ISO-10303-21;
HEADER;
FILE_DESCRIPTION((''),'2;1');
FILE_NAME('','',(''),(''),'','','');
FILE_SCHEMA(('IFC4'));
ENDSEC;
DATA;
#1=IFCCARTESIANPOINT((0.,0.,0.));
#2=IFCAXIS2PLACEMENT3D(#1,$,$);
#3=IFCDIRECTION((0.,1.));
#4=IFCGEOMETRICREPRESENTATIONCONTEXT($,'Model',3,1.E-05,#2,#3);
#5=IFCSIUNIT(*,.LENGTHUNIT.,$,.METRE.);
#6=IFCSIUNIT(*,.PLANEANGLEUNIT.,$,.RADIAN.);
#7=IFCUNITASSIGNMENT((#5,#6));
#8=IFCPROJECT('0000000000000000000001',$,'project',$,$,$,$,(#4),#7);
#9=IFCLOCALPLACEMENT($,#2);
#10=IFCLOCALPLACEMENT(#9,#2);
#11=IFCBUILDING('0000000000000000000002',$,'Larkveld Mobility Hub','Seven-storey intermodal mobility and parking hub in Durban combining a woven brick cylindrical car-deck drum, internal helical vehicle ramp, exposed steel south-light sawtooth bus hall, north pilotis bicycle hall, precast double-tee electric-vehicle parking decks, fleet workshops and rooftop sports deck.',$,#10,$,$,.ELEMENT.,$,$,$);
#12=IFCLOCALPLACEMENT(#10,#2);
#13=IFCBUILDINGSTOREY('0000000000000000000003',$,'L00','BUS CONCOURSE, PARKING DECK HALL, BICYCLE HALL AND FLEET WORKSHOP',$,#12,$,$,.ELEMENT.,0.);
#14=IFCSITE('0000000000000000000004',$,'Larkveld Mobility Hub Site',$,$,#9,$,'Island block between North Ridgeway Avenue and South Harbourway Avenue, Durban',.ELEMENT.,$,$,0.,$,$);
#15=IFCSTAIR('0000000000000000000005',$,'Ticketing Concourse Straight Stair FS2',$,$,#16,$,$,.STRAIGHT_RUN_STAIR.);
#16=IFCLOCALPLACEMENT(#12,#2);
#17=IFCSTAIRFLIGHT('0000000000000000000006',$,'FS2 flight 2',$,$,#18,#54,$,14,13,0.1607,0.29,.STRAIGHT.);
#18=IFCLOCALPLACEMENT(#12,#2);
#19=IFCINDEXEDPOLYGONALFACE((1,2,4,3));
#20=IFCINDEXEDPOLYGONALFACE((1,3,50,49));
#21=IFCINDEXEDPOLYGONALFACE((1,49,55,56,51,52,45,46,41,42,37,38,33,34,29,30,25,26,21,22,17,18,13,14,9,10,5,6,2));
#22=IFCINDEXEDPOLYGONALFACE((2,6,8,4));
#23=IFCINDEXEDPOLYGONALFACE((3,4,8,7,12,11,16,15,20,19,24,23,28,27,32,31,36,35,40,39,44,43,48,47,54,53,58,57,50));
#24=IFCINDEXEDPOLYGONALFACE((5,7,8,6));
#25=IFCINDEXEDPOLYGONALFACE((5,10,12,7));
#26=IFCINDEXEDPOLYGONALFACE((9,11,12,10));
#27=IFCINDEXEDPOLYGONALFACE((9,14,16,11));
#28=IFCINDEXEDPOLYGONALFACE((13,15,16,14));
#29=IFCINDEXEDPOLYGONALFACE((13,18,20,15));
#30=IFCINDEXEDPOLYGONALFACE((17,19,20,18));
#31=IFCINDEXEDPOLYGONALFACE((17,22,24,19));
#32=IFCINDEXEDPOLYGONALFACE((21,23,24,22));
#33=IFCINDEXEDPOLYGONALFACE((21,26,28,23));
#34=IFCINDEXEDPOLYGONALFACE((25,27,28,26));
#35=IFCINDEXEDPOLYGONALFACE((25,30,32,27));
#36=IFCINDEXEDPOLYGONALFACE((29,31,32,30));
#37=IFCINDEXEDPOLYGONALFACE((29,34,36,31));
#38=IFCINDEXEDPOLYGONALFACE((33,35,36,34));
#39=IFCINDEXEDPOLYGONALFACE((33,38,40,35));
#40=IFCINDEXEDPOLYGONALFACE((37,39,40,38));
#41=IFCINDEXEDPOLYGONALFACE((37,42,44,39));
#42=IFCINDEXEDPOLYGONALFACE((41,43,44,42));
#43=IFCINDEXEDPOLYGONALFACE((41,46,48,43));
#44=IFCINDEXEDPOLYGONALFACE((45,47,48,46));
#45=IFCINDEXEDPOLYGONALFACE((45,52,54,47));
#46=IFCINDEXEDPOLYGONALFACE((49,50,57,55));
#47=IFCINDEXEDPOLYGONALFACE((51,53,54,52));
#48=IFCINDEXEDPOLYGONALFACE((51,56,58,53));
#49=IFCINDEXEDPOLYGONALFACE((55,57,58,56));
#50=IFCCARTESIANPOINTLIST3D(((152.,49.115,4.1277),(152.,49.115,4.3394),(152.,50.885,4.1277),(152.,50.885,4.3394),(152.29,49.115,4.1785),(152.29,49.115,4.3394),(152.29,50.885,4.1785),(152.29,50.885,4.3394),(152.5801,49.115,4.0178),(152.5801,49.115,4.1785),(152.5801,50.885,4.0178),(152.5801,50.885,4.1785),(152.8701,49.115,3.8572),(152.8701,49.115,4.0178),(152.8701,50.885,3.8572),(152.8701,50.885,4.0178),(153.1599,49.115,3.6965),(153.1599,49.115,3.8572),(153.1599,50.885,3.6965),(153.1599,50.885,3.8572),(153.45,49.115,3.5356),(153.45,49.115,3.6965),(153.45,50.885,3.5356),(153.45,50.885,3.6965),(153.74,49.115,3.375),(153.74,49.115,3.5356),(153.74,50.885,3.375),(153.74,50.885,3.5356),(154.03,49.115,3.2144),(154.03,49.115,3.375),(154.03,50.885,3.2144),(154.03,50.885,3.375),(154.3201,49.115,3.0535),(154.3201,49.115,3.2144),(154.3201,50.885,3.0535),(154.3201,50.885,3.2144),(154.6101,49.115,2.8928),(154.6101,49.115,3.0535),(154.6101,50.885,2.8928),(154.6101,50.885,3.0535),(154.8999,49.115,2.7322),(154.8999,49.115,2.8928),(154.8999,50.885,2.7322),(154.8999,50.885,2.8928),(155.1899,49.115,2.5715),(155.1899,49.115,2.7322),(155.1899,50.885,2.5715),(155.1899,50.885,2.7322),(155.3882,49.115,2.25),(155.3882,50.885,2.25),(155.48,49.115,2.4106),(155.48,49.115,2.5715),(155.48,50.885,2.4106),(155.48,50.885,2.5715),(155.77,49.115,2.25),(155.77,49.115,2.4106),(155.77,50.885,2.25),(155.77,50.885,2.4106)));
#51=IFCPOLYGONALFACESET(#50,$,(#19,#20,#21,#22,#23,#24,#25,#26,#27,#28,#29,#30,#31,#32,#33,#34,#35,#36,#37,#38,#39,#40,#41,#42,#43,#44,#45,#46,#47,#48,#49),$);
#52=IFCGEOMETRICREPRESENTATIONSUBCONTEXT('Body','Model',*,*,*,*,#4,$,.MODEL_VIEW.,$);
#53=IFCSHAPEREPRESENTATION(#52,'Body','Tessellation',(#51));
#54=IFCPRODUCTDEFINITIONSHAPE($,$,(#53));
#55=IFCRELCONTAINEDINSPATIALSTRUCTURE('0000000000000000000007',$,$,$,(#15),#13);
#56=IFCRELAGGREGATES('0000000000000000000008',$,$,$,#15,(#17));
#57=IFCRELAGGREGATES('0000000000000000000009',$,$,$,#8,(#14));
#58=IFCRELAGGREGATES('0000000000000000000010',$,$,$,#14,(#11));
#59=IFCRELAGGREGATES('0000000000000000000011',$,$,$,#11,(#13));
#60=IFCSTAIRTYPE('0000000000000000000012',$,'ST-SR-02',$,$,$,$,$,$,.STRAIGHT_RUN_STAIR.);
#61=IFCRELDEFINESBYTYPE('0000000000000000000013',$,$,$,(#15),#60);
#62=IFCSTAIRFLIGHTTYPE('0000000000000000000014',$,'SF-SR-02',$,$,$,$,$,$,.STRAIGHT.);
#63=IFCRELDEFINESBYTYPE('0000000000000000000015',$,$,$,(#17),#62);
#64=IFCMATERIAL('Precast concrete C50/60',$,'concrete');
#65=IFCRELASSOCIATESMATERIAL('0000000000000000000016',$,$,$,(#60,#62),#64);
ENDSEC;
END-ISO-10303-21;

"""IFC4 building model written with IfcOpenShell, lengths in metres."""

from ifc_helpers import new_model, si_unit, direction, frame, origin, place, context, subcontext, project, spatial, polyline, outline, extrude, material, type_object, element, aggregate, save


model = new_model("IFC4")

# Units and contexts
model_context = context("Model", 3, precision=1e-05, world=origin(), true_north=direction((0.0, 1.0)))
body_context = subcontext(model_context, "Body", "Model", "MODEL_VIEW")
ifc_project = project(units=[si_unit("LENGTHUNIT", "METRE"), si_unit("PLANEANGLEUNIT", "RADIAN")], contexts=[model_context])

# Site, building, storey
site_placement = place(None, origin())
site = spatial("IfcSite", under=ifc_project, at=site_placement, Name="Larkveld Mobility Hub Site", LongName="Island block between North Ridgeway Avenue and South Harbourway Avenue, Durban", CompositionType="ELEMENT", RefElevation=0.0)
building_placement = place(site_placement, origin())
building = spatial("IfcBuilding", under=site, at=building_placement, Name="Larkveld Mobility Hub", Description="Seven-storey intermodal mobility and parking hub in Durban combining a woven brick cylindrical car-deck drum, internal helical vehicle ramp, exposed steel south-light sawtooth bus hall, north pilotis bicycle hall, precast double-tee electric-vehicle parking decks, fleet workshops and rooftop sports deck.", CompositionType="ELEMENT")
storey_placement = place(building_placement, origin())
storey = spatial("IfcBuildingStorey", under=building, at=storey_placement, Name="L00", Description="BUS CONCOURSE, PARKING DECK HALL, BICYCLE HALL AND FLEET WORKSHOP", CompositionType="ELEMENT", Elevation=0.0)

# Stair, stair flight
ifc_material_1 = material(Name="Precast concrete C50/60", Category="concrete")
stair_type = type_object("IfcStairType", Name="ST-SR-02", PredefinedType="STRAIGHT_RUN_STAIR", material=ifc_material_1)
stair_placement = place(storey_placement, origin())
stair = element("IfcStair", 1, at=stair_placement, inside=storey, type_object=stair_type, Name="Ticketing Concourse Straight Stair FS2", PredefinedType="STRAIGHT_RUN_STAIR")
stair_flight_type = type_object("IfcStairFlightType", Name="SF-SR-02", PredefinedType="STRAIGHT", material=ifc_material_1)
stair_flight_placement = place(storey_placement, frame((155.77, 50.0, 2.25), z_axis=(0.0, 0.0, 1.0), x_axis=(-1.0, 0.0, 0.0)))
stair_flight = element("IfcStairFlight", 2, at=stair_flight_placement, type_object=stair_flight_type, Name="FS2 flight 2", NumberOfRisers=14, NumberOfTreads=13, PredefinedType="STRAIGHT", RiserHeight=0.1607, TreadLength=0.29, context=body_context, shape_type="SweptSolid", body=[
    extrude(outline(polyline([(0.0, 0.0), (0.0, 0.1606), (0.29, 0.1606), (0.29, 0.3215), (0.5801, 0.3215), (0.5801, 0.4822), (0.8701, 0.4822), (0.8701, 0.6428), (1.1599, 0.6428), (1.1599, 0.8035), (1.45, 0.8035), (1.45, 0.9644), (1.74, 0.9644), (1.74, 1.125), (2.03, 1.125), (2.03, 1.2856), (2.3201, 1.2856), (2.3201, 1.4465), (2.6101, 1.4465), (2.6101, 1.6072), (2.8999, 1.6072), (2.8999, 1.7678), (3.1899, 1.7678), (3.1899, 1.9285), (3.48, 1.9285), (3.48, 2.0894), (3.77, 2.0894), (3.77, 2.25), (3.77, 1.8777), (0.3818, 0.0), (0.0, 0.0)])), frame((0.0, 0.885, 0.0), z_axis=(0.0, -1.0, 0.0), x_axis=(1.0, 0.0, 0.0)), (0.0, 0.0, 1.0), 1.77),
])
aggregate(stair, [stair_flight])

save(model, "model.ifc")
